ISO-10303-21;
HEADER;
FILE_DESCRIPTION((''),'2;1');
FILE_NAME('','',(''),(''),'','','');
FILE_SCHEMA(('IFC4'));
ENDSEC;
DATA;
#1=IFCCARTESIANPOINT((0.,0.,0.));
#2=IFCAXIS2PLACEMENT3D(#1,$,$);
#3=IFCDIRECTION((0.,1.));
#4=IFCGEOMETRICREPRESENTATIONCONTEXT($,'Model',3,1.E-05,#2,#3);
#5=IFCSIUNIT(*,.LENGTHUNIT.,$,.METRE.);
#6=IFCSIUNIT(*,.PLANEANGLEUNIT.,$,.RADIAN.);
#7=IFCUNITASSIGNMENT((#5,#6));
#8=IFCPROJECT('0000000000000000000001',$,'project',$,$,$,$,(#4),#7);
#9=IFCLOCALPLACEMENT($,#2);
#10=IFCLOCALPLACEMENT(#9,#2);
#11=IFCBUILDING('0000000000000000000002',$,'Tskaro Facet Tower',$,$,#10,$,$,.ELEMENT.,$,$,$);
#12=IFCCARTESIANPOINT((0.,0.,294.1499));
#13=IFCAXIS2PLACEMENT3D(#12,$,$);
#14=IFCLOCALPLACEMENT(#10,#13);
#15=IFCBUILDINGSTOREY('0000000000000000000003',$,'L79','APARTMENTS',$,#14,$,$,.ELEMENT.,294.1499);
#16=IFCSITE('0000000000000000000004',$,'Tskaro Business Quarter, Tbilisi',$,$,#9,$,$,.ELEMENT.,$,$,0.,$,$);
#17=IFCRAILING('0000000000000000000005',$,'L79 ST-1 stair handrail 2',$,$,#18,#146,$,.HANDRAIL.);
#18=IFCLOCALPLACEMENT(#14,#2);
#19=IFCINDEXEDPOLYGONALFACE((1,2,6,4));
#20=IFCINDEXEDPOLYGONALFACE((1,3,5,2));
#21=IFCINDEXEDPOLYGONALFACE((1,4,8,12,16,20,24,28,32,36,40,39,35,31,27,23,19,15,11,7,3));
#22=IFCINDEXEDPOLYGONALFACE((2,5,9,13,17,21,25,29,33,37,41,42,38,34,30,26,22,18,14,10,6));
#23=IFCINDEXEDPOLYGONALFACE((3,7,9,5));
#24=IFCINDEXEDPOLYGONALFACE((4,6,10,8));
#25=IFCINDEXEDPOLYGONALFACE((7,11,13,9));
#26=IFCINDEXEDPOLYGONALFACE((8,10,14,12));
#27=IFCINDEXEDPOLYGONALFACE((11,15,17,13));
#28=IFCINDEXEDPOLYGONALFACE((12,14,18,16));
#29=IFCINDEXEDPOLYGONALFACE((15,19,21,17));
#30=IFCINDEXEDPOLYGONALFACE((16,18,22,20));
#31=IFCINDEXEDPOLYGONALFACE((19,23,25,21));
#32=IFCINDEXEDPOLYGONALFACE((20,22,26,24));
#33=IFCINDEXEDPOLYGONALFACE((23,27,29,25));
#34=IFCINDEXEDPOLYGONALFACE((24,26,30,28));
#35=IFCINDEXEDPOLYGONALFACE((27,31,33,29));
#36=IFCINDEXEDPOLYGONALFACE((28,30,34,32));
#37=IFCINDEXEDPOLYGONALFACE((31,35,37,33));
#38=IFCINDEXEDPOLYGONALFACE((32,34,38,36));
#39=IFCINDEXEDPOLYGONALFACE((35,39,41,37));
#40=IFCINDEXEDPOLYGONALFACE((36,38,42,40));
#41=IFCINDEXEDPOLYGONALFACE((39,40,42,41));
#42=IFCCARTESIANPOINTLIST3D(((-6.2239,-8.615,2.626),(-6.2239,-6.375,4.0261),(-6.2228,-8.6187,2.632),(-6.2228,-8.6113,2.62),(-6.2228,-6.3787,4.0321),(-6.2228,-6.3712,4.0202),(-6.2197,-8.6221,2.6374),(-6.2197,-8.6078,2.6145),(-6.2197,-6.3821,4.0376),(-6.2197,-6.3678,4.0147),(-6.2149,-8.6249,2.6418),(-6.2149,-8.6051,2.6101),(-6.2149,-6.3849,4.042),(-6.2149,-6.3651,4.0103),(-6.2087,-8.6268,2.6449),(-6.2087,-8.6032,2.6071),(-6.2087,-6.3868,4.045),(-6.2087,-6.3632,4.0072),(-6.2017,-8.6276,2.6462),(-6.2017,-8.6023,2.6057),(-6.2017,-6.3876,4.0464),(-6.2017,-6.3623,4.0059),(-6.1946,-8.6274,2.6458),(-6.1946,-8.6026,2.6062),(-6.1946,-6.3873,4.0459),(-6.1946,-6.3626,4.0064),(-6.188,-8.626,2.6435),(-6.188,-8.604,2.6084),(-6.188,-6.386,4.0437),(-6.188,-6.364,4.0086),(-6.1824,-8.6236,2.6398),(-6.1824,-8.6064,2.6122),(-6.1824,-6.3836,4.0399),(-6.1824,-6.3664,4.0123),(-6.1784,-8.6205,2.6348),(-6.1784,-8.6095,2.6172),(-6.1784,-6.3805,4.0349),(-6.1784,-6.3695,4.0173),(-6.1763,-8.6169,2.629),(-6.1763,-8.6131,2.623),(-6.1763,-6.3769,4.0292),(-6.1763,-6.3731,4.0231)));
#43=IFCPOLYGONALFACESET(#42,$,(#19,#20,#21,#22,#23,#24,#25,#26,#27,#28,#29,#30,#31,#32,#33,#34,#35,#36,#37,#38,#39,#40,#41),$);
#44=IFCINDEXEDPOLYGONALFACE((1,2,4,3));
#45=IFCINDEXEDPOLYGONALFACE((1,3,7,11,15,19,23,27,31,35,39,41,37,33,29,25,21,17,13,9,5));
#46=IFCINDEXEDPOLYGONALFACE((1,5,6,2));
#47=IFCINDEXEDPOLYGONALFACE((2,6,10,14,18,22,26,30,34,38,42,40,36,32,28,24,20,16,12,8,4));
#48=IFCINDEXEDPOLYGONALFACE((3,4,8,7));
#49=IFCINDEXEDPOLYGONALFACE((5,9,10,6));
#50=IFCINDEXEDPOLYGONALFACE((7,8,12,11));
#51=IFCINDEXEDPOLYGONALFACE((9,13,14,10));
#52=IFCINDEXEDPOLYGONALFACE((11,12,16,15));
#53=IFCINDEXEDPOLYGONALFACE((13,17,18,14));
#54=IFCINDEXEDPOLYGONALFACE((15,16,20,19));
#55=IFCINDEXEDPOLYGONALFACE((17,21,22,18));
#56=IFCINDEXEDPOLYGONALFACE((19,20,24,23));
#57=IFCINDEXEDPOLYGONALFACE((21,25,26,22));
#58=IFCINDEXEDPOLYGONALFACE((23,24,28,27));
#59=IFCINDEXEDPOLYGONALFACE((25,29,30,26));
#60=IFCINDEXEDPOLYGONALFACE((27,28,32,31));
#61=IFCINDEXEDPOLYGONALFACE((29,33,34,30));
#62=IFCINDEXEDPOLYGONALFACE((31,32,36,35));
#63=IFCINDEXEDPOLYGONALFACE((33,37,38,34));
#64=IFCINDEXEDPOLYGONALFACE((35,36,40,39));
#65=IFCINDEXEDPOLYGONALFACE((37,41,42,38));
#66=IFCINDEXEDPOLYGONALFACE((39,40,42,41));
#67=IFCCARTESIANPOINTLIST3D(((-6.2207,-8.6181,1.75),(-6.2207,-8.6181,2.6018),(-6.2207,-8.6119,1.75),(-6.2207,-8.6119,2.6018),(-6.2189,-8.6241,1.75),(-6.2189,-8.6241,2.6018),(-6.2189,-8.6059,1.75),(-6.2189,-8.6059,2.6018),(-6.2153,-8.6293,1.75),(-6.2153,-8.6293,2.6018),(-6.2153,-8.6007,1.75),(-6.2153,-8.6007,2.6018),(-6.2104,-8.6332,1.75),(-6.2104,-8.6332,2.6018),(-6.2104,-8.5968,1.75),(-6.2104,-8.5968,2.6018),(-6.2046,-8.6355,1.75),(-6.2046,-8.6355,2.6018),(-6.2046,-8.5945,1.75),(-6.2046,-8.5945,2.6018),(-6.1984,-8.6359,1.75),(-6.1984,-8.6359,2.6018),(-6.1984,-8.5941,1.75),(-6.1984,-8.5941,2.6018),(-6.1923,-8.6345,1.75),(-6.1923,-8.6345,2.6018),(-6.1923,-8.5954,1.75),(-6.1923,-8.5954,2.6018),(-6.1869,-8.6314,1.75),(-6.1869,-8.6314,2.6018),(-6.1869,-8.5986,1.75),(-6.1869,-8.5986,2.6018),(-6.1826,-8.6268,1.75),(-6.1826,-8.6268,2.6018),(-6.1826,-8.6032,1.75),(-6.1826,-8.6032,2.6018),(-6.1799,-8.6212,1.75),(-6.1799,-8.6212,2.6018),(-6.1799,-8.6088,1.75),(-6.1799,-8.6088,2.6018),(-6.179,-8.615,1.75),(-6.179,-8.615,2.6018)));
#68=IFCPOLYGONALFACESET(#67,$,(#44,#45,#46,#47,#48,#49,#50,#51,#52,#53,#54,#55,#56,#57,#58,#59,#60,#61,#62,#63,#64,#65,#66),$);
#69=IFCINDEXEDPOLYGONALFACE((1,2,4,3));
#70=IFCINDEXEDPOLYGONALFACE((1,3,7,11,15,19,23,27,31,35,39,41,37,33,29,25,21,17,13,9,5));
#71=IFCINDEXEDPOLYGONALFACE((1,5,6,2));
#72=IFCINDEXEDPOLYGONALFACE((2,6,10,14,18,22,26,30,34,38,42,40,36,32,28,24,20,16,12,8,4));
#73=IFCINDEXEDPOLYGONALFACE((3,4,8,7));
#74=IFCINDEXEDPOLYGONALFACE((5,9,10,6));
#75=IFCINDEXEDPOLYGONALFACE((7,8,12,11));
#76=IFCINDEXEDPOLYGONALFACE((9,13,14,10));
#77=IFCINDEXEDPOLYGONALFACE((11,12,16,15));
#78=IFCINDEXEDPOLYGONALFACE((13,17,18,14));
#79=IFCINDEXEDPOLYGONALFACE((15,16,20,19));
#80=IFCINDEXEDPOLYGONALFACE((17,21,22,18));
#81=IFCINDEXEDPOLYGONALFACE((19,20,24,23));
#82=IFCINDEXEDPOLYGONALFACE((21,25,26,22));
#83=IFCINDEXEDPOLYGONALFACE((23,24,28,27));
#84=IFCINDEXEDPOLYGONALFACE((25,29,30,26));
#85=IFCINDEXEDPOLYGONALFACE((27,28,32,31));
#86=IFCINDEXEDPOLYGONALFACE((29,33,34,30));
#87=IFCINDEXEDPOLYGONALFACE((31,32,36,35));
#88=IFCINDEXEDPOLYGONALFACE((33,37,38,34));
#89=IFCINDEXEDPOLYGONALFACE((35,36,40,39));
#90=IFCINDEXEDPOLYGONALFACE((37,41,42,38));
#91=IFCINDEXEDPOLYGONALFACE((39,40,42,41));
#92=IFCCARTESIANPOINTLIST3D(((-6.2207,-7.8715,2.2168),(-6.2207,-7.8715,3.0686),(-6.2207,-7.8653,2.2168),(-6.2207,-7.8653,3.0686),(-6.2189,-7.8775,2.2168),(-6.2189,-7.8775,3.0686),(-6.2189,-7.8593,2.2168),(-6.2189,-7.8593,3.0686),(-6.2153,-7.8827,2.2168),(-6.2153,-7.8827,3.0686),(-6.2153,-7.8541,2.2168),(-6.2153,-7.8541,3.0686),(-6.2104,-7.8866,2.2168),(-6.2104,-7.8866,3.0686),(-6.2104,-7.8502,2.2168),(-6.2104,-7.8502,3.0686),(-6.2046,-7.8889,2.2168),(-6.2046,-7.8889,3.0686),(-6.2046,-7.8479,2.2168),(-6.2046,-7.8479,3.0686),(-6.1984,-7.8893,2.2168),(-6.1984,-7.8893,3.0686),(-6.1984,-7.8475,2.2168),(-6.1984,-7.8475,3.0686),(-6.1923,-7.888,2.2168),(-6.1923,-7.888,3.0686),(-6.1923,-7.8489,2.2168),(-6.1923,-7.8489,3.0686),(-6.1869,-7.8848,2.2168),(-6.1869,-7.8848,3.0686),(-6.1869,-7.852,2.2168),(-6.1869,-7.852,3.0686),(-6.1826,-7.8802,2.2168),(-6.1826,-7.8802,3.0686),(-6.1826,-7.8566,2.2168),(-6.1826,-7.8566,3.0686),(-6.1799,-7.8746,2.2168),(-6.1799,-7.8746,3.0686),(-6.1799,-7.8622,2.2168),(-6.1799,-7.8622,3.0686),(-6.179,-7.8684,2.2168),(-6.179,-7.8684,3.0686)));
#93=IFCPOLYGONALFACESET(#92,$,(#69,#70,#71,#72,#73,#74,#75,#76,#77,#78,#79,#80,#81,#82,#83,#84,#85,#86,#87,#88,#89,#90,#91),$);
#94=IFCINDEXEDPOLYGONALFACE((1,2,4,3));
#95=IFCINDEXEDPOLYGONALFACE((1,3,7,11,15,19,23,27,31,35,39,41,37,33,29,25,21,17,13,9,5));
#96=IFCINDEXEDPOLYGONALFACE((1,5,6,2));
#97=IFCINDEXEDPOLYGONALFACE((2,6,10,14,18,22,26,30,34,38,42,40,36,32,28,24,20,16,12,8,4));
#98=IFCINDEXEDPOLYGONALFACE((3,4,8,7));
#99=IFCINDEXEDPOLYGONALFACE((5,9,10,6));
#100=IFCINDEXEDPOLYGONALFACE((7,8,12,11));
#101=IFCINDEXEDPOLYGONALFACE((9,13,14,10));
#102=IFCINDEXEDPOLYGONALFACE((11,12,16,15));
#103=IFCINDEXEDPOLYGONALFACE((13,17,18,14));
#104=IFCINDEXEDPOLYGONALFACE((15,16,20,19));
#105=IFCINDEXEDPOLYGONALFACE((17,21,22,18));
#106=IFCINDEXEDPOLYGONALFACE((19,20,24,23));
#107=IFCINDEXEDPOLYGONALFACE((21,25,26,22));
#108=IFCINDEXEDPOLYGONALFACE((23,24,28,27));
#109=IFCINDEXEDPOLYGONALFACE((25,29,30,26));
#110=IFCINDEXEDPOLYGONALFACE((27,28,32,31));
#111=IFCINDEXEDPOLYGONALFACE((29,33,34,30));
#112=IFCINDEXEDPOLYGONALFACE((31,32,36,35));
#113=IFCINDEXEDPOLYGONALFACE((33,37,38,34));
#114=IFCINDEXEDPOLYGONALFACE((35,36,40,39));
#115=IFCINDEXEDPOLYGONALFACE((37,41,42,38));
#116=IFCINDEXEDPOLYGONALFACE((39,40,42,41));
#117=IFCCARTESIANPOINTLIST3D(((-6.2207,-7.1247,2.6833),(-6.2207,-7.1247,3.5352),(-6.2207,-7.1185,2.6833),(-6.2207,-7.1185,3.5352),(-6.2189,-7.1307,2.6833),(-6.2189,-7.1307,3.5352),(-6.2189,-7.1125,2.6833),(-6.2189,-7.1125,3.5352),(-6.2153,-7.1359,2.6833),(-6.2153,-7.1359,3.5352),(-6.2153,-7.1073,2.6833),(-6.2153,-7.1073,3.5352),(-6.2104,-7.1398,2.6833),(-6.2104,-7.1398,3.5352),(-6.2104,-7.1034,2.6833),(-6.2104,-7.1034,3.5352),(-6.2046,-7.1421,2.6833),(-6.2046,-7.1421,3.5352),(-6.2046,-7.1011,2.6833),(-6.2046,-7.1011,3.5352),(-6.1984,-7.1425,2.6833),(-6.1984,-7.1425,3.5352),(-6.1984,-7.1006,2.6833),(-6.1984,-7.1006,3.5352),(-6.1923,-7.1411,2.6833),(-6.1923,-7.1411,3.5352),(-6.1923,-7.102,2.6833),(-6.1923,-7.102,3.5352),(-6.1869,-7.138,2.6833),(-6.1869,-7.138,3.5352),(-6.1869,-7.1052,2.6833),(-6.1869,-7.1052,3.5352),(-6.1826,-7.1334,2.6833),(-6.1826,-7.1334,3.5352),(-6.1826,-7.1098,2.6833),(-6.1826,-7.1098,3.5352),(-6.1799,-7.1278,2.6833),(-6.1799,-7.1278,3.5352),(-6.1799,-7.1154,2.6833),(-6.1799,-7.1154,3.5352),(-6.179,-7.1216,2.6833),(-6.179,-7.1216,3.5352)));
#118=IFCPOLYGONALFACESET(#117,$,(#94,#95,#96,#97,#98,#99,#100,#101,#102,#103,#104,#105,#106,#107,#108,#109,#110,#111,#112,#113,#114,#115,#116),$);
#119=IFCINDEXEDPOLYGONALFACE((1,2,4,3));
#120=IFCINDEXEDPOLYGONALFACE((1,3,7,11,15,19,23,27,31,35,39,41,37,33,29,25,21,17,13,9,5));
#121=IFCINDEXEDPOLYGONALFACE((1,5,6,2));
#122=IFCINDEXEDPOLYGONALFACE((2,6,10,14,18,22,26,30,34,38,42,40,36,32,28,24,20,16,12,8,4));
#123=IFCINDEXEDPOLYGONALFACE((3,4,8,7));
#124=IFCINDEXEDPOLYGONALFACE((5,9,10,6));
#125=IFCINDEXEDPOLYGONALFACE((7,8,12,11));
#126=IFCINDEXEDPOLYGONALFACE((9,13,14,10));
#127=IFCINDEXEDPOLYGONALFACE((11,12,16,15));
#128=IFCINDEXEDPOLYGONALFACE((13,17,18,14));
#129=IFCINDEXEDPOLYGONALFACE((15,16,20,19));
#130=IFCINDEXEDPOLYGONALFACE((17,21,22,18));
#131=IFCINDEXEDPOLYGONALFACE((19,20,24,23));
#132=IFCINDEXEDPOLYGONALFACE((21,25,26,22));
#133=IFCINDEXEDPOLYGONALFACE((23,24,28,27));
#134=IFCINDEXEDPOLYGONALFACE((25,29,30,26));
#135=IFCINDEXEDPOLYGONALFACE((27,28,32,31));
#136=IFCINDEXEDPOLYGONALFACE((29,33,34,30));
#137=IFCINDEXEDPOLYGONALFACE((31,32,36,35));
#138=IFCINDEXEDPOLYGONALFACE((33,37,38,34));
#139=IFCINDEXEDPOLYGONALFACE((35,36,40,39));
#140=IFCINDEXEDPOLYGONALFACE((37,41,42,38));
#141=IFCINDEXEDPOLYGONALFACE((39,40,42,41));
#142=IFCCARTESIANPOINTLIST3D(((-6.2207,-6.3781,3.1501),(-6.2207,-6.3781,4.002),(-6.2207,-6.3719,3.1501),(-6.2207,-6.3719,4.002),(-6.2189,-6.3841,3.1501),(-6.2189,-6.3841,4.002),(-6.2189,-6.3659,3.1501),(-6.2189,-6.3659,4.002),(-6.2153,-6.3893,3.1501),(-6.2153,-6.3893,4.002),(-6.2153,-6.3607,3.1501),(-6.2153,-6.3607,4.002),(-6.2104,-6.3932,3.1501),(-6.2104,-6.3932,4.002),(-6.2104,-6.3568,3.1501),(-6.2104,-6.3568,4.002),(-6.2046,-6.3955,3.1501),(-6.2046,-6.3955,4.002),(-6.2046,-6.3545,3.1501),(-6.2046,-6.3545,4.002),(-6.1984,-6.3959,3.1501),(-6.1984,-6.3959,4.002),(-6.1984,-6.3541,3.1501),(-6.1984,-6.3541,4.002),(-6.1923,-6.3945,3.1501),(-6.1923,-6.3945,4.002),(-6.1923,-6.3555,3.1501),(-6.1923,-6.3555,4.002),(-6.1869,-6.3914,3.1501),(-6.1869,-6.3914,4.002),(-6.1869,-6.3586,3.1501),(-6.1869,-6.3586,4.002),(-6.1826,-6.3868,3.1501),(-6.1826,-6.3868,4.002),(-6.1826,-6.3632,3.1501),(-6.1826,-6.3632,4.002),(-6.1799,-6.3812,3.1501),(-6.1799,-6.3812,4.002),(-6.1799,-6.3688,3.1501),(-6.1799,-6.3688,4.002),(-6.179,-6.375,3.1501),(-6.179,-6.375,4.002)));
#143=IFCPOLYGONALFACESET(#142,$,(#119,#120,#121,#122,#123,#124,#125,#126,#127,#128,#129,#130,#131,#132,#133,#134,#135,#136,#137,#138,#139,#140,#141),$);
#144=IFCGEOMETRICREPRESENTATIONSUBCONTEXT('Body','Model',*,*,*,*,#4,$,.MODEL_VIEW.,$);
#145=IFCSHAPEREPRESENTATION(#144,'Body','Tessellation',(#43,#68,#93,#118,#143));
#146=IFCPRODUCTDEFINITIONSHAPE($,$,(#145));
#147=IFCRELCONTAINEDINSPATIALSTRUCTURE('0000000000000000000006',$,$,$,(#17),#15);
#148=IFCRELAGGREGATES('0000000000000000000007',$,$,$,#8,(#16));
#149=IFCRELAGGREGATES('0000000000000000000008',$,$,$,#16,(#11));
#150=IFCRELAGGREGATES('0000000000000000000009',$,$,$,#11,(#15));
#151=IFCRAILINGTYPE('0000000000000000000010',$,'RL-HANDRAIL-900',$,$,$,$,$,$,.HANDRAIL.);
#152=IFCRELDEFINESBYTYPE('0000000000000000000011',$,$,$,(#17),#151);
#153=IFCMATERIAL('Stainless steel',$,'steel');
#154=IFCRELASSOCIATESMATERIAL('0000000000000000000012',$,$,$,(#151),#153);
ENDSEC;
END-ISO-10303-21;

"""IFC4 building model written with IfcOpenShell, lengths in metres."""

from ifc_helpers import new_model, si_unit, direction, frame, origin, origin_2d, place, context, subcontext, project, spatial, circle, extrude, material, type_object, element, save


model = new_model("IFC4")

# Units and contexts
model_context = context("Model", 3, precision=1e-05, world=origin(), true_north=direction((0.0, 1.0)))
body_context = subcontext(model_context, "Body", "Model", "MODEL_VIEW")
ifc_project = project(units=[si_unit("LENGTHUNIT", "METRE"), si_unit("PLANEANGLEUNIT", "RADIAN")], contexts=[model_context])

# Site, building, storey
site_placement = place(None, origin())
site = spatial("IfcSite", under=ifc_project, at=site_placement, Name="Tskaro Business Quarter, Tbilisi", CompositionType="ELEMENT", RefElevation=0.0)
building_placement = place(site_placement, origin())
building = spatial("IfcBuilding", under=site, at=building_placement, Name="Tskaro Facet Tower", CompositionType="ELEMENT")
storey_placement = place(building_placement, frame((0.0, 0.0, 294.1499)))
storey = spatial("IfcBuildingStorey", under=building, at=storey_placement, Name="L79", Description="APARTMENTS", CompositionType="ELEMENT", Elevation=294.1499)

# Shared definitions
ifc_material_1 = material(Name="Stainless steel", Category="steel")

# Railing
railing_type_1 = type_object("IfcRailingType", Name="RL-HANDRAIL-900", PredefinedType="HANDRAIL", material=ifc_material_1)
railing_1_placement = place(storey_placement, frame((-6.2, -8.615, 1.75)))
element("IfcRailing", 1, at=railing_1_placement, inside=storey, type_object=railing_type_1, Name="L79 ST-1 stair handrail 2", PredefinedType="HANDRAIL", context=body_context, shape_type="SweptSolid", body=[
    extrude(circle(Radius=0.0239, at=origin_2d()), frame((0.0, 0.0, 0.876), z_axis=(0.0, 0.847972, 0.53004), x_axis=(-1.0, 0.0, 0.0)), (0.0, 0.0, 1.0), 2.6416),
    extrude(circle(Radius=0.021, at=origin_2d()), origin(), (0.0, 0.0, 1.0), 0.8518),
    extrude(circle(Radius=0.021, at=origin_2d()), frame((0.0, 0.7466, 0.4668)), (0.0, 0.0, 1.0), 0.8518),
    extrude(circle(Radius=0.021, at=origin_2d()), frame((0.0, 1.4934, 0.9333)), (0.0, 0.0, 1.0), 0.8518),
    extrude(circle(Radius=0.021, at=origin_2d()), frame((0.0, 2.24, 1.4001)), (0.0, 0.0, 1.0), 0.8518),
])

save(model, "model.ifc")
